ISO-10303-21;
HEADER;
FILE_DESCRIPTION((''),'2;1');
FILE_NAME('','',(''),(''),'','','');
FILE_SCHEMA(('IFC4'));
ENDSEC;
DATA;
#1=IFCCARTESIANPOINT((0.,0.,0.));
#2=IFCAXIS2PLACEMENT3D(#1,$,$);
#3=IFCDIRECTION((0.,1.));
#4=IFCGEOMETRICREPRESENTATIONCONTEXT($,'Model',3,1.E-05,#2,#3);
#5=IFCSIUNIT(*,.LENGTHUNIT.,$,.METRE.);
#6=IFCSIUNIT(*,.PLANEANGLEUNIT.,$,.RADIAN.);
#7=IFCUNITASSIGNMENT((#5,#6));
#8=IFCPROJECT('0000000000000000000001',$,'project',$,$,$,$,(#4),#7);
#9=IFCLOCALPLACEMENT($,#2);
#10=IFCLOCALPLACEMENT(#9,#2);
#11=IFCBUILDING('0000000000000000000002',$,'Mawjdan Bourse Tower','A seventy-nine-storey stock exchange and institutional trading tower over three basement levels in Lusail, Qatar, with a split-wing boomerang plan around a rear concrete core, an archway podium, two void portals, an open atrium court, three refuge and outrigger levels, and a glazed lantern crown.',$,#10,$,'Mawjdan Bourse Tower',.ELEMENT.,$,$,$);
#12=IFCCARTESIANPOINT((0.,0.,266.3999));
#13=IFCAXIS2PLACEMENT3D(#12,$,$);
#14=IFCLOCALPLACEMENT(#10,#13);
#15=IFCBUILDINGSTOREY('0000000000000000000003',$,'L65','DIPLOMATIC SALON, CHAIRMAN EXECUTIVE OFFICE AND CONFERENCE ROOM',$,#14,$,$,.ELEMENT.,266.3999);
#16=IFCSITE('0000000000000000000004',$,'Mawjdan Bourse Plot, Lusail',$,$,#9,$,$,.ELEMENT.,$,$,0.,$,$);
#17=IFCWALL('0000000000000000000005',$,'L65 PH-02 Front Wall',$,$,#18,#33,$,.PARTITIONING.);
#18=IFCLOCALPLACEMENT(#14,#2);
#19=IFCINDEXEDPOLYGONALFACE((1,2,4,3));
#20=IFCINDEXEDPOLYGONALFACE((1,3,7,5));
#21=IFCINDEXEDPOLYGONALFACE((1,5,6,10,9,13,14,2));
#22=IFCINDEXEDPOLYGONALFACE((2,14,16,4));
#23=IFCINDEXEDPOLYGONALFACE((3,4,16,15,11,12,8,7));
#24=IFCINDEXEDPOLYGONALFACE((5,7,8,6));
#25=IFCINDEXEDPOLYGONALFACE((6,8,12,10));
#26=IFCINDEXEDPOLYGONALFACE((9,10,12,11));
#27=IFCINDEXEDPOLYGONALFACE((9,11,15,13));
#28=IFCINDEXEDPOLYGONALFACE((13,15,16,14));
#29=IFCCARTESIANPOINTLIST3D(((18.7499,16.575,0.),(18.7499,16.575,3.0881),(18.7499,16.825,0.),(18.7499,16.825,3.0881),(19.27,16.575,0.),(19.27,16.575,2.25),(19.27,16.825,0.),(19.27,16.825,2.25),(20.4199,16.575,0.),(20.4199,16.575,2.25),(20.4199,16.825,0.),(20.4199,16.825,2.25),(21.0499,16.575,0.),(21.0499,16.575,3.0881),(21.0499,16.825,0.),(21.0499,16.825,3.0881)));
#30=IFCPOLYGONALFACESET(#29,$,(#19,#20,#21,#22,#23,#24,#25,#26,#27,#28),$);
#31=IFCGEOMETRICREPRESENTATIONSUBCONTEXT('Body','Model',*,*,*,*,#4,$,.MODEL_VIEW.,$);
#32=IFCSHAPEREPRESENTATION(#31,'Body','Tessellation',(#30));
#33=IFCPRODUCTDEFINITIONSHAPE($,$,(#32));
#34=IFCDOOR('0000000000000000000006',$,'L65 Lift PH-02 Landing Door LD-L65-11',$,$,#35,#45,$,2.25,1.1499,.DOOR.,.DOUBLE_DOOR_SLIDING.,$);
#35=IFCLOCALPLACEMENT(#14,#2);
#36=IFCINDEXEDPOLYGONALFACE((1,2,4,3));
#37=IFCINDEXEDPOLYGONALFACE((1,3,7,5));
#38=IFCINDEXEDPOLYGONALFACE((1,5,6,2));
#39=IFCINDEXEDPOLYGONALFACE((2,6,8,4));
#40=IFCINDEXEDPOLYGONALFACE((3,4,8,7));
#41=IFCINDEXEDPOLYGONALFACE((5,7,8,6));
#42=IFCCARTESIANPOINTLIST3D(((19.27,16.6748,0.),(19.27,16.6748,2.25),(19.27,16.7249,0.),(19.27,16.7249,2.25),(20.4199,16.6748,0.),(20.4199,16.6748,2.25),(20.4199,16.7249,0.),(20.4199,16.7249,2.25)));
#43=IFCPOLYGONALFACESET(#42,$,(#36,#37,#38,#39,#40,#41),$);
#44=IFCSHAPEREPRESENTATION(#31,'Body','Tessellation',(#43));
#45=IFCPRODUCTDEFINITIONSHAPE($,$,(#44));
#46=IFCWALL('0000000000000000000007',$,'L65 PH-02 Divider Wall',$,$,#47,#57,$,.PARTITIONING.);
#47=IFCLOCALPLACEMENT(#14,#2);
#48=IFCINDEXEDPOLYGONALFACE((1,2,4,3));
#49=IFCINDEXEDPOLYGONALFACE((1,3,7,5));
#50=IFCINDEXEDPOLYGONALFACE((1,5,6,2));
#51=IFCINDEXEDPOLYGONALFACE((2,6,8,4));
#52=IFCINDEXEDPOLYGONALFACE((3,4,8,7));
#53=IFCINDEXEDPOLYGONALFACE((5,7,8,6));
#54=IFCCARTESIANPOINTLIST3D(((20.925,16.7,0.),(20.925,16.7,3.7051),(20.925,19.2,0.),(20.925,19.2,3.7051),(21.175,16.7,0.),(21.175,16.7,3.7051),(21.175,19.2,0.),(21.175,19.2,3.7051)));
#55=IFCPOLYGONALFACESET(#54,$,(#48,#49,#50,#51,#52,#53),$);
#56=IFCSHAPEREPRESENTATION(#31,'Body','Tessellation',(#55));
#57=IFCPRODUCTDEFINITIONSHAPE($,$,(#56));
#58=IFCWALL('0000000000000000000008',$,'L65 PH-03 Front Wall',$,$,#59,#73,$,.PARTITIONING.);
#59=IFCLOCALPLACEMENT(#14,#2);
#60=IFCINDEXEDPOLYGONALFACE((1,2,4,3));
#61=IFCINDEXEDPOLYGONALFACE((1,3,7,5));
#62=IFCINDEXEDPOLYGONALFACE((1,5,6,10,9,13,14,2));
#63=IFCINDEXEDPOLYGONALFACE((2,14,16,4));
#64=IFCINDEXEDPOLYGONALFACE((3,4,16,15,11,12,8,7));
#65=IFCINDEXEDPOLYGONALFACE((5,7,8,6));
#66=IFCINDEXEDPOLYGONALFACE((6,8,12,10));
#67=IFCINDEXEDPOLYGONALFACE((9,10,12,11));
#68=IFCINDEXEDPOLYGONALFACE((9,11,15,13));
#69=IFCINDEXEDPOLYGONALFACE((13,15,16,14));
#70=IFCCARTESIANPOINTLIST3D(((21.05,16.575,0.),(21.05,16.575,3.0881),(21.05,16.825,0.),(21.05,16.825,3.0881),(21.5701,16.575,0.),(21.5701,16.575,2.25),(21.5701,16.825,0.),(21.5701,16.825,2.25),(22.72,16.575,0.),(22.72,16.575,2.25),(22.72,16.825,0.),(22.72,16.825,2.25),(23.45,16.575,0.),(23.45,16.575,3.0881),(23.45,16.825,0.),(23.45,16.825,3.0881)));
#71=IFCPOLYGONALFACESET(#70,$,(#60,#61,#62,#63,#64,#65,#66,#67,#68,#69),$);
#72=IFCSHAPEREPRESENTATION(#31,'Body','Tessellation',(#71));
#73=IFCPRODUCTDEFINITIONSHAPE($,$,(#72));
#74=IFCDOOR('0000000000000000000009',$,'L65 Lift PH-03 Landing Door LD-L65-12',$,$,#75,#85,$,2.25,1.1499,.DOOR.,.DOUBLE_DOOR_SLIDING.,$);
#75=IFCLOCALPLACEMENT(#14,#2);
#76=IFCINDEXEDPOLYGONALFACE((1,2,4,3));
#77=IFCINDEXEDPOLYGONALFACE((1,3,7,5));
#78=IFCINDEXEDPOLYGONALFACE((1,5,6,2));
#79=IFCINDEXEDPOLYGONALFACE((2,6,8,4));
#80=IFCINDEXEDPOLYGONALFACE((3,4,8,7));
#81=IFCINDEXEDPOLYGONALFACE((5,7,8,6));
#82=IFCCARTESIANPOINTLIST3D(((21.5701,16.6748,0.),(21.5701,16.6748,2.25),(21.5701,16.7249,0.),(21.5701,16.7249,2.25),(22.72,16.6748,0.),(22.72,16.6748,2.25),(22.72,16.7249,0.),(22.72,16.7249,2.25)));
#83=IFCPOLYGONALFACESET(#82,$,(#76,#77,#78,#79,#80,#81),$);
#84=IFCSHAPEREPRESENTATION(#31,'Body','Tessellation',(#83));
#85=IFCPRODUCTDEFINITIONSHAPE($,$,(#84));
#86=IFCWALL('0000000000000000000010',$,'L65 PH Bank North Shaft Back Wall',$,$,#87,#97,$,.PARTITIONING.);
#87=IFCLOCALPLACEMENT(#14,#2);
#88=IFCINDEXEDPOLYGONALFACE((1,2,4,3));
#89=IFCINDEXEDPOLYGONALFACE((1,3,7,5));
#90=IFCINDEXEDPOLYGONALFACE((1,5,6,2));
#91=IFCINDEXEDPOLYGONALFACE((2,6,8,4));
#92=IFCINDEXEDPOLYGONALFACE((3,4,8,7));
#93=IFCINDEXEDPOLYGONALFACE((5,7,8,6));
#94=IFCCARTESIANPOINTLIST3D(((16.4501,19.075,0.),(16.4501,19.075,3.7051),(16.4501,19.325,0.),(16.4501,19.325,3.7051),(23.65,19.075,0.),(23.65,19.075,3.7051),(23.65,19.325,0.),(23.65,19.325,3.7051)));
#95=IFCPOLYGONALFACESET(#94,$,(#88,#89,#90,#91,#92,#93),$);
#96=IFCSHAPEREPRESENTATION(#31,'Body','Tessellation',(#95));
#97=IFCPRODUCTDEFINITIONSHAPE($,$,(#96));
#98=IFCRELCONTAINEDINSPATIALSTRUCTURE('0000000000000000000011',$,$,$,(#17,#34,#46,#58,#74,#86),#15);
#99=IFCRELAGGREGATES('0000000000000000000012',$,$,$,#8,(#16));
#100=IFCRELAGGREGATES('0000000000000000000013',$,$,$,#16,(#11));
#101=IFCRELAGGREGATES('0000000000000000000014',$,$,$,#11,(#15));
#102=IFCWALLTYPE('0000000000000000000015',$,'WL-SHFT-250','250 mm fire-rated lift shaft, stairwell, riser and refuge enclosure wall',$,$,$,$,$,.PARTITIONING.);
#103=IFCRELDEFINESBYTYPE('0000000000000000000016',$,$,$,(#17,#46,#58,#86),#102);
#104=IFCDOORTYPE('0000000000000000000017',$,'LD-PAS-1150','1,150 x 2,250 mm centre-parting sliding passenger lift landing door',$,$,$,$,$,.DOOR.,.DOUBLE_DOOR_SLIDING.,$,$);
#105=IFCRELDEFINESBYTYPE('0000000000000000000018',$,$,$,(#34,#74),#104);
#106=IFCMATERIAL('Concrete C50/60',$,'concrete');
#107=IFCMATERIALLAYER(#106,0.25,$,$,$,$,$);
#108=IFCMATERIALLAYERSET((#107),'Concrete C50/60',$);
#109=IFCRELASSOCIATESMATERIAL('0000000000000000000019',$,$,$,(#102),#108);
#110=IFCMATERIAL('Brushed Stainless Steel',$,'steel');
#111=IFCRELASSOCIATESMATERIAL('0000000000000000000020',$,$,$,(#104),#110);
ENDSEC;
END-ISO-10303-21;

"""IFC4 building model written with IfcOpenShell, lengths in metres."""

from ifc_helpers import new_model, si_unit, direction, frame, frame_2d, origin, place, context, subcontext, project, spatial, rectangle, extrude, material, layer, layer_set, type_object, element, fill, save


model = new_model("IFC4")

# Units and contexts
model_context = context("Model", 3, precision=1e-05, world=origin(), true_north=direction((0.0, 1.0)))
body_context = subcontext(model_context, "Body", "Model", "MODEL_VIEW")
ifc_project = project(units=[si_unit("LENGTHUNIT", "METRE"), si_unit("PLANEANGLEUNIT", "RADIAN")], contexts=[model_context])

# Site, building, storey
site_placement = place(None, origin())
site = spatial("IfcSite", under=ifc_project, at=site_placement, Name="Mawjdan Bourse Plot, Lusail", CompositionType="ELEMENT", RefElevation=0.0)
building_placement = place(site_placement, origin())
building = spatial("IfcBuilding", under=site, at=building_placement, Name="Mawjdan Bourse Tower", Description="A seventy-nine-storey stock exchange and institutional trading tower over three basement levels in Lusail, Qatar, with a split-wing boomerang plan around a rear concrete core, an archway podium, two void portals, an open atrium court, three refuge and outrigger levels, and a glazed lantern crown.", LongName="Mawjdan Bourse Tower", CompositionType="ELEMENT")
storey_placement = place(building_placement, frame((0.0, 0.0, 266.3999)))
storey = spatial("IfcBuildingStorey", under=building, at=storey_placement, Name="L65", Description="DIPLOMATIC SALON, CHAIRMAN EXECUTIVE OFFICE AND CONFERENCE ROOM", CompositionType="ELEMENT", Elevation=266.3999)

# Shared definitions
ifc_material_1 = material(Name="Concrete C50/60", Category="concrete")
ifc_layer_1 = layer(ifc_material_1, 0.25)
ifc_layer_set_1 = layer_set([ifc_layer_1], Name="Concrete C50/60")
wall_type_1 = type_object("IfcWallType", Name="WL-SHFT-250", Description="250 mm fire-rated lift shaft, stairwell, riser and refuge enclosure wall", PredefinedType="PARTITIONING", material=ifc_layer_set_1)

# Shared definitions
ifc_material_2 = material(Name="Brushed Stainless Steel", Category="steel")
door_type_1 = type_object("IfcDoorType", Name="LD-PAS-1150", Description="1,150 x 2,250 mm centre-parting sliding passenger lift landing door", OperationType="DOUBLE_DOOR_SLIDING", PredefinedType="DOOR", material=ifc_material_2)

# Wall, opening, door
wall_1_placement = place(storey_placement, frame((18.75, 16.7, 0.0), z_axis=(0.0, 0.0, 1.0), x_axis=(1.0, 0.0, 0.0)))
wall_1 = element("IfcWall", 1, at=wall_1_placement, inside=storey, type_object=wall_type_1, Name="L65 PH-02 Front Wall", PredefinedType="PARTITIONING", context=body_context, shape_type="SweptSolid", body=[
    extrude(rectangle(XDim=2.3, YDim=0.25, at=frame_2d((1.1499, 0.0))), origin(), (0.0, 0.0, 1.0), 3.0881),
])
opening_1_placement = place(wall_1_placement, frame((0.52, 0.0, 0.0)))
opening_1 = element("IfcOpeningElement", 2, at=opening_1_placement, cuts=wall_1, PredefinedType="OPENING", context=body_context, shape_type="SweptSolid", body=[
    extrude(rectangle(XDim=1.1499, YDim=2.25, at=frame_2d((0.575, 1.125))), frame((0.0, 0.135, 0.0), z_axis=(0.0, -1.0, 0.0), x_axis=(1.0, 0.0, 0.0)), (0.0, 0.0, 1.0), 0.27),
])
door_1_placement = place(opening_1_placement, origin())
door_1 = element("IfcDoor", 3, at=door_1_placement, inside=storey, type_object=door_type_1, Name="L65 Lift PH-02 Landing Door LD-L65-11", OperationType="DOUBLE_DOOR_SLIDING", OverallHeight=2.25, OverallWidth=1.1499, PredefinedType="DOOR", context=body_context, shape_type="SweptSolid", body=[
    extrude(rectangle(XDim=1.1499, YDim=2.25, at=frame_2d((0.575, 1.125))), frame((0.0, 0.0249, 0.0), z_axis=(0.0, -1.0, 0.0), x_axis=(1.0, 0.0, 0.0)), (0.0, 0.0, 1.0), 0.05),
])
fill(opening_1, door_1)

# Wall
wall_2_placement = place(storey_placement, frame((21.05, 16.7, 0.0), z_axis=(0.0, 0.0, 1.0), x_axis=(0.0, 1.0, 0.0)))
element("IfcWall", 4, at=wall_2_placement, inside=storey, type_object=wall_type_1, Name="L65 PH-02 Divider Wall", PredefinedType="PARTITIONING", context=body_context, shape_type="SweptSolid", body=[
    extrude(rectangle(XDim=2.5, YDim=0.25, at=frame_2d((1.25, 0.0))), origin(), (0.0, 0.0, 1.0), 3.7051),
])

# Wall, opening, door
wall_3_placement = place(storey_placement, frame((21.05, 16.7, 0.0), z_axis=(0.0, 0.0, 1.0), x_axis=(1.0, 0.0, 0.0)))
wall_3 = element("IfcWall", 5, at=wall_3_placement, inside=storey, type_object=wall_type_1, Name="L65 PH-03 Front Wall", PredefinedType="PARTITIONING", context=body_context, shape_type="SweptSolid", body=[
    extrude(rectangle(XDim=2.3999, YDim=0.25, at=frame_2d((1.2, 0.0))), origin(), (0.0, 0.0, 1.0), 3.0881),
])
opening_2_placement = place(wall_3_placement, frame((0.52, 0.0, 0.0)))
opening_2 = element("IfcOpeningElement", 6, at=opening_2_placement, cuts=wall_3, PredefinedType="OPENING", context=body_context, shape_type="SweptSolid", body=[
    extrude(rectangle(XDim=1.1499, YDim=2.25, at=frame_2d((0.575, 1.125))), frame((0.0, 0.135, 0.0), z_axis=(0.0, -1.0, 0.0), x_axis=(1.0, 0.0, 0.0)), (0.0, 0.0, 1.0), 0.27),
])
door_2_placement = place(opening_2_placement, origin())
door_2 = element("IfcDoor", 7, at=door_2_placement, inside=storey, type_object=door_type_1, Name="L65 Lift PH-03 Landing Door LD-L65-12", OperationType="DOUBLE_DOOR_SLIDING", OverallHeight=2.25, OverallWidth=1.1499, PredefinedType="DOOR", context=body_context, shape_type="SweptSolid", body=[
    extrude(rectangle(XDim=1.1499, YDim=2.25, at=frame_2d((0.575, 1.125))), frame((0.0, 0.0249, 0.0), z_axis=(0.0, -1.0, 0.0), x_axis=(1.0, 0.0, 0.0)), (0.0, 0.0, 1.0), 0.05),
])
fill(opening_2, door_2)

# Wall
wall_4_placement = place(storey_placement, frame((16.45, 19.2, 0.0), z_axis=(0.0, 0.0, 1.0), x_axis=(1.0, 0.0, 0.0)))
element("IfcWall", 8, at=wall_4_placement, inside=storey, type_object=wall_type_1, Name="L65 PH Bank North Shaft Back Wall", PredefinedType="PARTITIONING", context=body_context, shape_type="SweptSolid", body=[
    extrude(rectangle(XDim=7.2, YDim=0.25, at=frame_2d((3.6001, 0.0))), origin(), (0.0, 0.0, 1.0), 3.7051),
])

save(model, "model.ifc")
